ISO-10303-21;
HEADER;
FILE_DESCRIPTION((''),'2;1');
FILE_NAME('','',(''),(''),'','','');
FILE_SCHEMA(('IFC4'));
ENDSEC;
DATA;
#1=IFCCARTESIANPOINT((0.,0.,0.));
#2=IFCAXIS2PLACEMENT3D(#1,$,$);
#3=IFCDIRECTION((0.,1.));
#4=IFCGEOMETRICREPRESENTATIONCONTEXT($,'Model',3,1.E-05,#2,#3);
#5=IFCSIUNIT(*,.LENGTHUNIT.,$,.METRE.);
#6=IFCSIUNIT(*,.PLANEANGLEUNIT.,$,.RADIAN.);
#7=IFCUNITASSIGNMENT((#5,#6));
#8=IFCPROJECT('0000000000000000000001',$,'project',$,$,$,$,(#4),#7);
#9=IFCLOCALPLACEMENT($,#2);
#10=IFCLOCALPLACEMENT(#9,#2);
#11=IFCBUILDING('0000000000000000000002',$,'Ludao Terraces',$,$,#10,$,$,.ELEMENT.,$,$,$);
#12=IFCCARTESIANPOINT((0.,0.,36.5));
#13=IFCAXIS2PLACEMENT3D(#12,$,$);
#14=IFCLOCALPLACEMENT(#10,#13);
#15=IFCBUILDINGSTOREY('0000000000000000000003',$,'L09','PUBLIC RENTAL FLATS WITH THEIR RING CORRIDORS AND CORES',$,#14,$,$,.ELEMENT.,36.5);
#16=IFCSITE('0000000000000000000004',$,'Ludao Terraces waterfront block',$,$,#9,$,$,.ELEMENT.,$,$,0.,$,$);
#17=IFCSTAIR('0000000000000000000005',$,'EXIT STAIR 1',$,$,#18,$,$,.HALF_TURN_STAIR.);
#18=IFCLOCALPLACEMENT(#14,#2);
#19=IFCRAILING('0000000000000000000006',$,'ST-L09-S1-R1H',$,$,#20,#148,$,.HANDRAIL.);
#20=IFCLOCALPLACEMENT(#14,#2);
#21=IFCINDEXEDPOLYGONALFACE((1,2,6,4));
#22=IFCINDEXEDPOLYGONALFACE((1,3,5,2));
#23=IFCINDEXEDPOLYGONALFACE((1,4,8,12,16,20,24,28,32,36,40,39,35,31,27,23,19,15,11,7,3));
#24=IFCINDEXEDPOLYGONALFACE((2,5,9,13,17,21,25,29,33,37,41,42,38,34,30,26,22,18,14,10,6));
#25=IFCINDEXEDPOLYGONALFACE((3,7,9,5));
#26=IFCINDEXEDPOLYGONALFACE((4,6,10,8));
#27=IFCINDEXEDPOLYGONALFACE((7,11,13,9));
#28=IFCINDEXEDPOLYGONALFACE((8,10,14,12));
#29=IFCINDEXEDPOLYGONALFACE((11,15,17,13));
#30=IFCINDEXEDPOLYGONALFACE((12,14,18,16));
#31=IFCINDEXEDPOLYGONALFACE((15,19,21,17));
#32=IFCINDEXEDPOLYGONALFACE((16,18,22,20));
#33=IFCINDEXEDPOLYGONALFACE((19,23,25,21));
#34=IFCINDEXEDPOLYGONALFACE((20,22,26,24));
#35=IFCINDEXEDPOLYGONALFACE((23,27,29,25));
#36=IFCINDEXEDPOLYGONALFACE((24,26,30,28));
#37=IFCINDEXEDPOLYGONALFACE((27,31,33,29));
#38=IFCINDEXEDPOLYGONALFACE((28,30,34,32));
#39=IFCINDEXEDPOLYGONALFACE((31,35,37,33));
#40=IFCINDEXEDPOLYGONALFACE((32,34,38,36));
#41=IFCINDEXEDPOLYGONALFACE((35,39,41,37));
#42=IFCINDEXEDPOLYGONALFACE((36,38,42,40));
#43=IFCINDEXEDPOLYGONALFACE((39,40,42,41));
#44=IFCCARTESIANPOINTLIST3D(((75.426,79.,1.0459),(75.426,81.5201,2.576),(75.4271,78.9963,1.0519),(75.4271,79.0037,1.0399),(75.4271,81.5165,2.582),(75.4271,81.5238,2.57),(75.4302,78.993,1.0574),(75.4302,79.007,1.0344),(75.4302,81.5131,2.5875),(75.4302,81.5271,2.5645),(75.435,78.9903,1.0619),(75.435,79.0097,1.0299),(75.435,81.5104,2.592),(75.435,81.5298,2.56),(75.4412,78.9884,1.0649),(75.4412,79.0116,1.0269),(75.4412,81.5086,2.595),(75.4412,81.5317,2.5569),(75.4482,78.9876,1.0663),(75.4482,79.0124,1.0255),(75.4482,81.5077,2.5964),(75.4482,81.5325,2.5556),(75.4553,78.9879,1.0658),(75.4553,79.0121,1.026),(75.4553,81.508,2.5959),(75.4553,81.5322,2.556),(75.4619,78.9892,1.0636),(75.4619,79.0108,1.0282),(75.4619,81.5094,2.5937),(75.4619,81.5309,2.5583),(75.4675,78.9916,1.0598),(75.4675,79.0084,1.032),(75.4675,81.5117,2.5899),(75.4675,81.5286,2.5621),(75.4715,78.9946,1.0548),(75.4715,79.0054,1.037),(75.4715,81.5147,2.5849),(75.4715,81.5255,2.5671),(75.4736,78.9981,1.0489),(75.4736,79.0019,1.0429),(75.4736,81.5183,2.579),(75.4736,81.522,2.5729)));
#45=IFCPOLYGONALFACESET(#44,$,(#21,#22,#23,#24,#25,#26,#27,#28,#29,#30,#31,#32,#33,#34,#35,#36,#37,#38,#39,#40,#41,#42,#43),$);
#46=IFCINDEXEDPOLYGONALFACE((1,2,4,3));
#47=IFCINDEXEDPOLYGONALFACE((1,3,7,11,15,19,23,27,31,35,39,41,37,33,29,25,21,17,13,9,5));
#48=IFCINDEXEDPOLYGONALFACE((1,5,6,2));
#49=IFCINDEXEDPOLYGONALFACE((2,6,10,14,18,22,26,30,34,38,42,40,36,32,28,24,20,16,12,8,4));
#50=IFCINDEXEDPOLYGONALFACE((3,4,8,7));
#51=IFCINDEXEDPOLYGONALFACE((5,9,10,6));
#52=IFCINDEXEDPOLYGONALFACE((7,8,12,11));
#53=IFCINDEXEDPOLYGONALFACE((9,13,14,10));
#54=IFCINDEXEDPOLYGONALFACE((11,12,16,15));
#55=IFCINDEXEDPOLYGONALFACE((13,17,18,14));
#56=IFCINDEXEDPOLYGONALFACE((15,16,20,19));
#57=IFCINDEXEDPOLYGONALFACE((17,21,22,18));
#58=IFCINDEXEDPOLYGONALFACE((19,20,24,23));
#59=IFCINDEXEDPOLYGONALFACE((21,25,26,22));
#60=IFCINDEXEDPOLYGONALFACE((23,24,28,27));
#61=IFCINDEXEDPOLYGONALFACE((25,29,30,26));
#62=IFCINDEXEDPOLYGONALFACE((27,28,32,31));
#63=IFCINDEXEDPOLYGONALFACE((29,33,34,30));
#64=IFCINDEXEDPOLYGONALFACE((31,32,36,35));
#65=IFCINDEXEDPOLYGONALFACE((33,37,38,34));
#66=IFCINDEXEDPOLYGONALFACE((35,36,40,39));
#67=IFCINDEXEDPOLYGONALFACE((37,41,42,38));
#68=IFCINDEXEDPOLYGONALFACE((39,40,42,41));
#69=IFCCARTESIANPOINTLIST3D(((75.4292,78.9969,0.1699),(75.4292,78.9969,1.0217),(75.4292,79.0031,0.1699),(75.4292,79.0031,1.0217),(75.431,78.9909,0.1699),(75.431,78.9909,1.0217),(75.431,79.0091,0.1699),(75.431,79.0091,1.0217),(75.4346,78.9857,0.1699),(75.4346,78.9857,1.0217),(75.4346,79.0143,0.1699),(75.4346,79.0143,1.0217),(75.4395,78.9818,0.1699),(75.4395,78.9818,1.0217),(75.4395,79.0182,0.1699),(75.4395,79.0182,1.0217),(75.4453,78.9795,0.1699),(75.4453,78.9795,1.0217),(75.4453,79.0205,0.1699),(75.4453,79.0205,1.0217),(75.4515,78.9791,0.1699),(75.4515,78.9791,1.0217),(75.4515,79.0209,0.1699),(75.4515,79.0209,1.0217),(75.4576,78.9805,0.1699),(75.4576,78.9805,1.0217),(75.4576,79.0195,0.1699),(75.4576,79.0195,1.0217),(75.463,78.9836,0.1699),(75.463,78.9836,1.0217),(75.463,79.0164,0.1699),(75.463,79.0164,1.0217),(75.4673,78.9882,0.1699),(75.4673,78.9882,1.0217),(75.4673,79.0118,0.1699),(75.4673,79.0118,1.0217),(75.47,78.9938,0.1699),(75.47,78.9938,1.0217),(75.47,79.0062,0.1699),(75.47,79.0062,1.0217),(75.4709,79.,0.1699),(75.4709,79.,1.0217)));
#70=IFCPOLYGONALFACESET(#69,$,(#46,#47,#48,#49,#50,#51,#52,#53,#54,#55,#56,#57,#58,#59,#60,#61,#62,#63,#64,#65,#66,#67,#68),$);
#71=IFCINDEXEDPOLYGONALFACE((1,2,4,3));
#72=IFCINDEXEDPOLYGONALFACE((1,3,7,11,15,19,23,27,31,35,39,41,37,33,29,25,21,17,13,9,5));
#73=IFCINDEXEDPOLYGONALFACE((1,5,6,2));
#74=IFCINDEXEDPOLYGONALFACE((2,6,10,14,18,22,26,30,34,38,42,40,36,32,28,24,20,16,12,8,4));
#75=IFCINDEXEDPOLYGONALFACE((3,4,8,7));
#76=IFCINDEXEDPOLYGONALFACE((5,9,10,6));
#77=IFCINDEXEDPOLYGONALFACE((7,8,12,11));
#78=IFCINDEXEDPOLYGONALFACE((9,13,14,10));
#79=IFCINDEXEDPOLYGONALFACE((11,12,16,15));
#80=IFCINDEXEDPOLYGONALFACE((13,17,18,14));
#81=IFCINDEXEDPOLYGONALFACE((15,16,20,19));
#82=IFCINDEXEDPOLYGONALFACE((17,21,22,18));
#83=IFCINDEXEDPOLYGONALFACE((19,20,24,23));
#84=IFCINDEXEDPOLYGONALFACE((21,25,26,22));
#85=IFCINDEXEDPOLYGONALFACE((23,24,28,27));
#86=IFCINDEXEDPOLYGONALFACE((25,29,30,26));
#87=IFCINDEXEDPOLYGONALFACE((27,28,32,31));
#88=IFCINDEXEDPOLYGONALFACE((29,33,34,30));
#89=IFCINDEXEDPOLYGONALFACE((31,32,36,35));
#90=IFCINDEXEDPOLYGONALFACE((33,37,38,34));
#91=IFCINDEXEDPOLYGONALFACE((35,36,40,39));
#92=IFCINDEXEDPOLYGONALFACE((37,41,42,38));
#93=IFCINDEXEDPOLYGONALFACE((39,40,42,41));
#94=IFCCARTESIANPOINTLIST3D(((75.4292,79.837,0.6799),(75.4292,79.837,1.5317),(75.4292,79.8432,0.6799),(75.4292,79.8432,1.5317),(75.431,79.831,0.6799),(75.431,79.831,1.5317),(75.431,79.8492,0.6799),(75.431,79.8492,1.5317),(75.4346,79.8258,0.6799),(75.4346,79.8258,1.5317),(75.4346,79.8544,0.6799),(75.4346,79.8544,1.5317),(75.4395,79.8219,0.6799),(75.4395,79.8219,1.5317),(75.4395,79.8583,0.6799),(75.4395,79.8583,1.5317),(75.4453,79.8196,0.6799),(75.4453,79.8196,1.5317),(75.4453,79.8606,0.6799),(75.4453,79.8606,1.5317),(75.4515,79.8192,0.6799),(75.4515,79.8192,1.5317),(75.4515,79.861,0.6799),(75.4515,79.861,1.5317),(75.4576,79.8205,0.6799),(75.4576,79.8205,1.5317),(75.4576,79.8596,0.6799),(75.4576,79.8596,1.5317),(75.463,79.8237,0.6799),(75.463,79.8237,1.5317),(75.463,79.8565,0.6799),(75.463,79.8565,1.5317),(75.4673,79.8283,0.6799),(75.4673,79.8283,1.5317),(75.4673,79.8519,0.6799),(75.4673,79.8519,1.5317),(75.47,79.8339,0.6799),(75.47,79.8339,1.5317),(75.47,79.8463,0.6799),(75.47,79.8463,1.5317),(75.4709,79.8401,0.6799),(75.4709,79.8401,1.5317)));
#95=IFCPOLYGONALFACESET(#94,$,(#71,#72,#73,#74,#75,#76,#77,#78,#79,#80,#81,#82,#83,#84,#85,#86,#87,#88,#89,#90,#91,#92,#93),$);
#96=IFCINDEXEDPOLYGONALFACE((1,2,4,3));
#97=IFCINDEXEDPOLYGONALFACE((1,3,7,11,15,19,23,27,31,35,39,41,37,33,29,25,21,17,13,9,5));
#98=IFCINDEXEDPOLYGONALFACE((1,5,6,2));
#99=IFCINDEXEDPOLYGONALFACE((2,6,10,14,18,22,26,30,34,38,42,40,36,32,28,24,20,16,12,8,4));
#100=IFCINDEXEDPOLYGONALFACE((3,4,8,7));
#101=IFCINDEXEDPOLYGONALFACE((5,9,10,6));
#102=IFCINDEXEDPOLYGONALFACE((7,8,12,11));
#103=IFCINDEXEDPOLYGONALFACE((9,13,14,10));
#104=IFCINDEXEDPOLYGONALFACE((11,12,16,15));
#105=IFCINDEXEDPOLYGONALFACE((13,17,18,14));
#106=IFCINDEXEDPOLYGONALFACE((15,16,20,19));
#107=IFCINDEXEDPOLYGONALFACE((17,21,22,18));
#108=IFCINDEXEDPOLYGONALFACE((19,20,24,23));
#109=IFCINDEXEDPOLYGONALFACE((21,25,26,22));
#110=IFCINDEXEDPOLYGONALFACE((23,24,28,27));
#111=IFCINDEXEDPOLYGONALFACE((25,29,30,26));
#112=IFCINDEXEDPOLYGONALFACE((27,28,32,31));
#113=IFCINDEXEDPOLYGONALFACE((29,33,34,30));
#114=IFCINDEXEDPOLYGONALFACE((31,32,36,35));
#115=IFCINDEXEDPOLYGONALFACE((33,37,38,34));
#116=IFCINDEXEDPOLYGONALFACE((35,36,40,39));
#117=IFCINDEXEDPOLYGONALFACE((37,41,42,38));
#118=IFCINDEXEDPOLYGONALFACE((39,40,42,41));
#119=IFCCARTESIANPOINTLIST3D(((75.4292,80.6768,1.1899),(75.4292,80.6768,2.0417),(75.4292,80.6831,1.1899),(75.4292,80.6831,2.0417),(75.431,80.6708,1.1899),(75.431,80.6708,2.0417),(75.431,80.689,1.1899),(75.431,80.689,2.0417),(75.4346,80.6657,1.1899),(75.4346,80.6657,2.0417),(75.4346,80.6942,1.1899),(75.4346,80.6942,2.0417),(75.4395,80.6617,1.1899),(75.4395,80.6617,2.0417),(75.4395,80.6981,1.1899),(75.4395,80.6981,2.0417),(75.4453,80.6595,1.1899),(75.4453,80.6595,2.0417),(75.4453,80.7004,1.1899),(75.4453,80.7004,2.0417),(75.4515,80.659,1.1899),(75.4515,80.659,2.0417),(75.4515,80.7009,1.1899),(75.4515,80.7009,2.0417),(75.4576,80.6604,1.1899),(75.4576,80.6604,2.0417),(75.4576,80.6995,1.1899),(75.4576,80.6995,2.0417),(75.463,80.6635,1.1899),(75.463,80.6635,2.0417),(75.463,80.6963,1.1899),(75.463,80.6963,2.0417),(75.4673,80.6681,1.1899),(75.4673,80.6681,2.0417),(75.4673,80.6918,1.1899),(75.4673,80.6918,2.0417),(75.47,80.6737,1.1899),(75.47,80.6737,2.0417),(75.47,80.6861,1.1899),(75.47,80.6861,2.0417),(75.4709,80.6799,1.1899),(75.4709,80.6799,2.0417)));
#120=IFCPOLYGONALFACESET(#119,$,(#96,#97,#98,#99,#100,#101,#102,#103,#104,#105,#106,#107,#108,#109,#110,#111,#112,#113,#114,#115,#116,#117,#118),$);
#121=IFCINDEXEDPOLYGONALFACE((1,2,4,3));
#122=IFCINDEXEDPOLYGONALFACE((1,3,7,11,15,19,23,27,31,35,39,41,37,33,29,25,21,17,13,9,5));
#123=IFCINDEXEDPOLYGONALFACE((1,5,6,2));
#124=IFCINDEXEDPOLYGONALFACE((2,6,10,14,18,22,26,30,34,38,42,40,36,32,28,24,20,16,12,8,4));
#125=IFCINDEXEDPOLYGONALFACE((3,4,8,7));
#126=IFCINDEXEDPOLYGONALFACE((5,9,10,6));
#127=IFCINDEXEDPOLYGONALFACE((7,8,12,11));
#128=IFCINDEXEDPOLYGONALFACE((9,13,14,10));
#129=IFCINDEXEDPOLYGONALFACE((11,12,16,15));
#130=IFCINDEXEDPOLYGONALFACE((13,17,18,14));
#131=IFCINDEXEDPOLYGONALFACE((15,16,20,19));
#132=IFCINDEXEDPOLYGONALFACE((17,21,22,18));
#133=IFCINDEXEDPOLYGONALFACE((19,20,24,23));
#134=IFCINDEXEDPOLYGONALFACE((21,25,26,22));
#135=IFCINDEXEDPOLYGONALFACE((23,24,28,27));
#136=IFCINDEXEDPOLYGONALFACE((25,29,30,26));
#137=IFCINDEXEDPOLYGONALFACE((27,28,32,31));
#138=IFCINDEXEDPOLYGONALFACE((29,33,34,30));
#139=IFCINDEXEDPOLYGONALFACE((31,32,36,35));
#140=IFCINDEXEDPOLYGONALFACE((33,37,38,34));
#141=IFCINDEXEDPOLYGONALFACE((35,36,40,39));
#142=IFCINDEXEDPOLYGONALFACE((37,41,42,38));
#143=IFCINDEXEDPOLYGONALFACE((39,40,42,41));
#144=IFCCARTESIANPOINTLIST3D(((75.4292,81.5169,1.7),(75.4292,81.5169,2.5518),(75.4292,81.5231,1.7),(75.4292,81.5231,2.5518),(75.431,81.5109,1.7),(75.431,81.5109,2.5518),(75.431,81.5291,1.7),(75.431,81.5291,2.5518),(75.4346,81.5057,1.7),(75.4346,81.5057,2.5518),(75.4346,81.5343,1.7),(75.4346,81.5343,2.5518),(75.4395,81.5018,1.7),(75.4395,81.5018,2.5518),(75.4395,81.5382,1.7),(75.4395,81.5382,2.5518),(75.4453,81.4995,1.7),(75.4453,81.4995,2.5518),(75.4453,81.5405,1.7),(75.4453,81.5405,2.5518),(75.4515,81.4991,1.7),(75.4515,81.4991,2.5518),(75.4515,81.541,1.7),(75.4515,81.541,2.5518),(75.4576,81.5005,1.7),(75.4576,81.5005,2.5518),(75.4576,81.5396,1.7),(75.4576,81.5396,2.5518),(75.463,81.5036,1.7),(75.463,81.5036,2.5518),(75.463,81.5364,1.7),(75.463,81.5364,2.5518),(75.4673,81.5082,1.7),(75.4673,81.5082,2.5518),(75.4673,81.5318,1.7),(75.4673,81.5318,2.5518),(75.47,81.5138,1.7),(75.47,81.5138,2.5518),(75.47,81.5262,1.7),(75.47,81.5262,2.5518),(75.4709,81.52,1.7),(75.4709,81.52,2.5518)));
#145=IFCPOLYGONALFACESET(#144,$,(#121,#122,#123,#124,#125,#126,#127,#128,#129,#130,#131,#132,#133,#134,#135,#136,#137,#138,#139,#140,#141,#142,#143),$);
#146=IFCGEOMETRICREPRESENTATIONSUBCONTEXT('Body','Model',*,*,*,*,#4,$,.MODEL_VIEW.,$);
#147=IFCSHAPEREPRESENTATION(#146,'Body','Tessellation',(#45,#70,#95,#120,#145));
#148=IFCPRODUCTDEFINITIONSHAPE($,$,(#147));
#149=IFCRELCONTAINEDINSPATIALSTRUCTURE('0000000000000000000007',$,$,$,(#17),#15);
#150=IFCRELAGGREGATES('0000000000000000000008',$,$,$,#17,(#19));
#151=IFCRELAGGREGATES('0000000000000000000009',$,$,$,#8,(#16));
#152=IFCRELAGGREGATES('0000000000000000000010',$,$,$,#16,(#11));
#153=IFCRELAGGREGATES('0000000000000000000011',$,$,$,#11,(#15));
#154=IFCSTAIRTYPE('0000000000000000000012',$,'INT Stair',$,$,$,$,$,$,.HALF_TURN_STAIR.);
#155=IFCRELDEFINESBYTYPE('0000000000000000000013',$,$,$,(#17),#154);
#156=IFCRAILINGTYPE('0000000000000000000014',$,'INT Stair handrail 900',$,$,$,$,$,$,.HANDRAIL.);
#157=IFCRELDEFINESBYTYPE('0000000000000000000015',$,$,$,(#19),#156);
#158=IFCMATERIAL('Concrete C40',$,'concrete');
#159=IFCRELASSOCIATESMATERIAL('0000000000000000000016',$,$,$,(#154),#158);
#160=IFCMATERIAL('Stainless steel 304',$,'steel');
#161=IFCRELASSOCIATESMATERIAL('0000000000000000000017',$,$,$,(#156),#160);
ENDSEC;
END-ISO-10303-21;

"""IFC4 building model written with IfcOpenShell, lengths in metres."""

from ifc_helpers import new_model, si_unit, direction, frame, origin, origin_2d, place, context, subcontext, project, spatial, circle, extrude, material, type_object, element, aggregate, save


model = new_model("IFC4")

# Units and contexts
model_context = context("Model", 3, precision=1e-05, world=origin(), true_north=direction((0.0, 1.0)))
body_context = subcontext(model_context, "Body", "Model", "MODEL_VIEW")
ifc_project = project(units=[si_unit("LENGTHUNIT", "METRE"), si_unit("PLANEANGLEUNIT", "RADIAN")], contexts=[model_context])

# Site, building, storey
site_placement = place(None, origin())
site = spatial("IfcSite", under=ifc_project, at=site_placement, Name="Ludao Terraces waterfront block", CompositionType="ELEMENT", RefElevation=0.0)
building_placement = place(site_placement, origin())
building = spatial("IfcBuilding", under=site, at=building_placement, Name="Ludao Terraces", CompositionType="ELEMENT")
storey_placement = place(building_placement, frame((0.0, 0.0, 36.5)))
storey = spatial("IfcBuildingStorey", under=building, at=storey_placement, Name="L09", Description="PUBLIC RENTAL FLATS WITH THEIR RING CORRIDORS AND CORES", CompositionType="ELEMENT", Elevation=36.5)

# Shared definitions
ifc_material_1 = material(Name="Stainless steel 304", Category="steel")

# Stair, railing
ifc_material_2 = material(Name="Concrete C40", Category="concrete")
stair_type = type_object("IfcStairType", Name="INT Stair", PredefinedType="HALF_TURN_STAIR", material=ifc_material_2)
stair_placement = place(storey_placement, origin())
stair = element("IfcStair", 1, at=stair_placement, inside=storey, type_object=stair_type, Name="EXIT STAIR 1", PredefinedType="HALF_TURN_STAIR")
railing_type_1 = type_object("IfcRailingType", Name="INT Stair handrail 900", PredefinedType="HANDRAIL", material=ifc_material_1)
railing_1_placement = place(storey_placement, frame((75.45, 79.0, 0.1699)))
railing_1 = element("IfcRailing", 2, at=railing_1_placement, type_object=railing_type_1, Name="ST-L09-S1-R1H", PredefinedType="HANDRAIL", context=body_context, shape_type="SweptSolid", body=[
    extrude(circle(Radius=0.0239, at=origin_2d()), frame((0.0, 0.0, 0.876), z_axis=(0.0, 0.854785, 0.518982), x_axis=(-1.0, 0.0, 0.0)), (0.0, 0.0, 1.0), 2.9482),
    extrude(circle(Radius=0.021, at=origin_2d()), origin(), (0.0, 0.0, 1.0), 0.8518),
    extrude(circle(Radius=0.021, at=origin_2d()), frame((0.0, 0.8401, 0.51)), (0.0, 0.0, 1.0), 0.8518),
    extrude(circle(Radius=0.021, at=origin_2d()), frame((0.0, 1.6799, 1.02)), (0.0, 0.0, 1.0), 0.8518),
    extrude(circle(Radius=0.021, at=origin_2d()), frame((0.0, 2.52, 1.53)), (0.0, 0.0, 1.0), 0.8518),
])
aggregate(stair, [railing_1])

save(model, "model.ifc")
